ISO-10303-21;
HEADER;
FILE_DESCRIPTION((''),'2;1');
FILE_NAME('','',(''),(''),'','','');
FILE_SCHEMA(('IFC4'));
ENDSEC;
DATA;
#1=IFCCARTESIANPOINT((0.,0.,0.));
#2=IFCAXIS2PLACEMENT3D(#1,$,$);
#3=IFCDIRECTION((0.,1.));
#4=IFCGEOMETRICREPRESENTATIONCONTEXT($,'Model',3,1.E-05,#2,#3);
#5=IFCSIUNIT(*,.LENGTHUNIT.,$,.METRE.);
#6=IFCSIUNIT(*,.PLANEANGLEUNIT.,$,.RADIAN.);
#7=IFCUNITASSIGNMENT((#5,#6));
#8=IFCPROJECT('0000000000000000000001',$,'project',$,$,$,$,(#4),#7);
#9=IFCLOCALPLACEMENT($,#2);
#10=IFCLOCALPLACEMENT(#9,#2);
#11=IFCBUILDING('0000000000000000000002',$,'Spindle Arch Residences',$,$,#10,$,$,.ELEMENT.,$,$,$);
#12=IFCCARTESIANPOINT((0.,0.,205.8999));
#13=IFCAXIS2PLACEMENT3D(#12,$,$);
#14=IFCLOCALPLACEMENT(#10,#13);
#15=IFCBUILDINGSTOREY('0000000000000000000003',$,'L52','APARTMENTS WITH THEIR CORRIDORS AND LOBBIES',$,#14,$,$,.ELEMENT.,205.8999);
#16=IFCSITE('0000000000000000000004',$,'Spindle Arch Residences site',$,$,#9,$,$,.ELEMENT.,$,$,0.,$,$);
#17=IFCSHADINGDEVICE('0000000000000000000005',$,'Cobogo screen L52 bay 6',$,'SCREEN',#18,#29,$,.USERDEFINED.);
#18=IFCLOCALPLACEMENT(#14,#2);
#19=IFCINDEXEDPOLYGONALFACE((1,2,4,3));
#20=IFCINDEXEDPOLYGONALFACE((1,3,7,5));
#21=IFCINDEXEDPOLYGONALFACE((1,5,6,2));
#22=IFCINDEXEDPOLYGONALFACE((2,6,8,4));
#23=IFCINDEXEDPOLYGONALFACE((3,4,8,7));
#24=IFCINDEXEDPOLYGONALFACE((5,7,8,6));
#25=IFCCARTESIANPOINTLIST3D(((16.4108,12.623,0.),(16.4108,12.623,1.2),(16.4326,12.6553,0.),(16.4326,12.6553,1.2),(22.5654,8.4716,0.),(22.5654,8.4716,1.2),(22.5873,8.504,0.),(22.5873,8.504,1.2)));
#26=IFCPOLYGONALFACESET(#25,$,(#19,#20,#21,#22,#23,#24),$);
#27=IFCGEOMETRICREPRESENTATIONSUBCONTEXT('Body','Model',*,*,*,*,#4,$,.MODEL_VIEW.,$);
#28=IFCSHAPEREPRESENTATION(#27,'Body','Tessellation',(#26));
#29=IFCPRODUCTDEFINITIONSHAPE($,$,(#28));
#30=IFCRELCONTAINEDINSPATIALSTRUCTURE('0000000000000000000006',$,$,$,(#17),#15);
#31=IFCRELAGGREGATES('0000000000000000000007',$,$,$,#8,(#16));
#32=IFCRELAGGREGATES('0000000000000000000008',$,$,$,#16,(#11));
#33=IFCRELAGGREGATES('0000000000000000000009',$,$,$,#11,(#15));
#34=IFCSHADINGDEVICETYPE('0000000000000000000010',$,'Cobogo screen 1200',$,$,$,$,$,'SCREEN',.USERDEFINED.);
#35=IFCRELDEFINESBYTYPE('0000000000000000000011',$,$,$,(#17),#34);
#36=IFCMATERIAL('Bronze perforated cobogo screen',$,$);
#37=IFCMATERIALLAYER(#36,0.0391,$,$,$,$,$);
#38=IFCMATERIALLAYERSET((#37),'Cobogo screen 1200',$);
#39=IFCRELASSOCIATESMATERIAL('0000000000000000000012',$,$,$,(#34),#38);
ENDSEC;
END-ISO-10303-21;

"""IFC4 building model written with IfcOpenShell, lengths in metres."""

from ifc_helpers import new_model, si_unit, direction, frame, origin, origin_2d, place, context, subcontext, project, spatial, rectangle, extrude, material, layer, layer_set, type_object, element, save


model = new_model("IFC4")

# Units and contexts
model_context = context("Model", 3, precision=1e-05, world=origin(), true_north=direction((0.0, 1.0)))
body_context = subcontext(model_context, "Body", "Model", "MODEL_VIEW")
ifc_project = project(units=[si_unit("LENGTHUNIT", "METRE"), si_unit("PLANEANGLEUNIT", "RADIAN")], contexts=[model_context])

# Site, building, storey
site_placement = place(None, origin())
site = spatial("IfcSite", under=ifc_project, at=site_placement, Name="Spindle Arch Residences site", CompositionType="ELEMENT", RefElevation=0.0)
building_placement = place(site_placement, origin())
building = spatial("IfcBuilding", under=site, at=building_placement, Name="Spindle Arch Residences", CompositionType="ELEMENT")
storey_placement = place(building_placement, frame((0.0, 0.0, 205.8999)))
storey = spatial("IfcBuildingStorey", under=building, at=storey_placement, Name="L52", Description="APARTMENTS WITH THEIR CORRIDORS AND LOBBIES", CompositionType="ELEMENT", Elevation=205.8999)

# Shading device
ifc_material_1 = material(Name="Bronze perforated cobogo screen")
ifc_layer_1 = layer(ifc_material_1, 0.0391)
ifc_layer_set_1 = layer_set([ifc_layer_1], Name="Cobogo screen 1200")
shading_device_type = type_object("IfcShadingDeviceType", Name="Cobogo screen 1200", ElementType="SCREEN", PredefinedType="USERDEFINED", material=ifc_layer_set_1)
shading_device_placement = place(storey_placement, frame((19.499, 10.5635, 0.0), z_axis=(0.0, 0.0, 1.0), x_axis=(-0.829038, 0.559193, 0.0)))
element("IfcShadingDevice", 1, at=shading_device_placement, inside=storey, type_object=shading_device_type, Name="Cobogo screen L52 bay 6", ObjectType="SCREEN", PredefinedType="USERDEFINED", context=body_context, shape_type="SweptSolid", body=[
    extrude(rectangle(XDim=7.4238, YDim=0.0391, at=origin_2d()), origin(), (0.0, 0.0, 1.0), 1.2),
])

save(model, "model.ifc")
